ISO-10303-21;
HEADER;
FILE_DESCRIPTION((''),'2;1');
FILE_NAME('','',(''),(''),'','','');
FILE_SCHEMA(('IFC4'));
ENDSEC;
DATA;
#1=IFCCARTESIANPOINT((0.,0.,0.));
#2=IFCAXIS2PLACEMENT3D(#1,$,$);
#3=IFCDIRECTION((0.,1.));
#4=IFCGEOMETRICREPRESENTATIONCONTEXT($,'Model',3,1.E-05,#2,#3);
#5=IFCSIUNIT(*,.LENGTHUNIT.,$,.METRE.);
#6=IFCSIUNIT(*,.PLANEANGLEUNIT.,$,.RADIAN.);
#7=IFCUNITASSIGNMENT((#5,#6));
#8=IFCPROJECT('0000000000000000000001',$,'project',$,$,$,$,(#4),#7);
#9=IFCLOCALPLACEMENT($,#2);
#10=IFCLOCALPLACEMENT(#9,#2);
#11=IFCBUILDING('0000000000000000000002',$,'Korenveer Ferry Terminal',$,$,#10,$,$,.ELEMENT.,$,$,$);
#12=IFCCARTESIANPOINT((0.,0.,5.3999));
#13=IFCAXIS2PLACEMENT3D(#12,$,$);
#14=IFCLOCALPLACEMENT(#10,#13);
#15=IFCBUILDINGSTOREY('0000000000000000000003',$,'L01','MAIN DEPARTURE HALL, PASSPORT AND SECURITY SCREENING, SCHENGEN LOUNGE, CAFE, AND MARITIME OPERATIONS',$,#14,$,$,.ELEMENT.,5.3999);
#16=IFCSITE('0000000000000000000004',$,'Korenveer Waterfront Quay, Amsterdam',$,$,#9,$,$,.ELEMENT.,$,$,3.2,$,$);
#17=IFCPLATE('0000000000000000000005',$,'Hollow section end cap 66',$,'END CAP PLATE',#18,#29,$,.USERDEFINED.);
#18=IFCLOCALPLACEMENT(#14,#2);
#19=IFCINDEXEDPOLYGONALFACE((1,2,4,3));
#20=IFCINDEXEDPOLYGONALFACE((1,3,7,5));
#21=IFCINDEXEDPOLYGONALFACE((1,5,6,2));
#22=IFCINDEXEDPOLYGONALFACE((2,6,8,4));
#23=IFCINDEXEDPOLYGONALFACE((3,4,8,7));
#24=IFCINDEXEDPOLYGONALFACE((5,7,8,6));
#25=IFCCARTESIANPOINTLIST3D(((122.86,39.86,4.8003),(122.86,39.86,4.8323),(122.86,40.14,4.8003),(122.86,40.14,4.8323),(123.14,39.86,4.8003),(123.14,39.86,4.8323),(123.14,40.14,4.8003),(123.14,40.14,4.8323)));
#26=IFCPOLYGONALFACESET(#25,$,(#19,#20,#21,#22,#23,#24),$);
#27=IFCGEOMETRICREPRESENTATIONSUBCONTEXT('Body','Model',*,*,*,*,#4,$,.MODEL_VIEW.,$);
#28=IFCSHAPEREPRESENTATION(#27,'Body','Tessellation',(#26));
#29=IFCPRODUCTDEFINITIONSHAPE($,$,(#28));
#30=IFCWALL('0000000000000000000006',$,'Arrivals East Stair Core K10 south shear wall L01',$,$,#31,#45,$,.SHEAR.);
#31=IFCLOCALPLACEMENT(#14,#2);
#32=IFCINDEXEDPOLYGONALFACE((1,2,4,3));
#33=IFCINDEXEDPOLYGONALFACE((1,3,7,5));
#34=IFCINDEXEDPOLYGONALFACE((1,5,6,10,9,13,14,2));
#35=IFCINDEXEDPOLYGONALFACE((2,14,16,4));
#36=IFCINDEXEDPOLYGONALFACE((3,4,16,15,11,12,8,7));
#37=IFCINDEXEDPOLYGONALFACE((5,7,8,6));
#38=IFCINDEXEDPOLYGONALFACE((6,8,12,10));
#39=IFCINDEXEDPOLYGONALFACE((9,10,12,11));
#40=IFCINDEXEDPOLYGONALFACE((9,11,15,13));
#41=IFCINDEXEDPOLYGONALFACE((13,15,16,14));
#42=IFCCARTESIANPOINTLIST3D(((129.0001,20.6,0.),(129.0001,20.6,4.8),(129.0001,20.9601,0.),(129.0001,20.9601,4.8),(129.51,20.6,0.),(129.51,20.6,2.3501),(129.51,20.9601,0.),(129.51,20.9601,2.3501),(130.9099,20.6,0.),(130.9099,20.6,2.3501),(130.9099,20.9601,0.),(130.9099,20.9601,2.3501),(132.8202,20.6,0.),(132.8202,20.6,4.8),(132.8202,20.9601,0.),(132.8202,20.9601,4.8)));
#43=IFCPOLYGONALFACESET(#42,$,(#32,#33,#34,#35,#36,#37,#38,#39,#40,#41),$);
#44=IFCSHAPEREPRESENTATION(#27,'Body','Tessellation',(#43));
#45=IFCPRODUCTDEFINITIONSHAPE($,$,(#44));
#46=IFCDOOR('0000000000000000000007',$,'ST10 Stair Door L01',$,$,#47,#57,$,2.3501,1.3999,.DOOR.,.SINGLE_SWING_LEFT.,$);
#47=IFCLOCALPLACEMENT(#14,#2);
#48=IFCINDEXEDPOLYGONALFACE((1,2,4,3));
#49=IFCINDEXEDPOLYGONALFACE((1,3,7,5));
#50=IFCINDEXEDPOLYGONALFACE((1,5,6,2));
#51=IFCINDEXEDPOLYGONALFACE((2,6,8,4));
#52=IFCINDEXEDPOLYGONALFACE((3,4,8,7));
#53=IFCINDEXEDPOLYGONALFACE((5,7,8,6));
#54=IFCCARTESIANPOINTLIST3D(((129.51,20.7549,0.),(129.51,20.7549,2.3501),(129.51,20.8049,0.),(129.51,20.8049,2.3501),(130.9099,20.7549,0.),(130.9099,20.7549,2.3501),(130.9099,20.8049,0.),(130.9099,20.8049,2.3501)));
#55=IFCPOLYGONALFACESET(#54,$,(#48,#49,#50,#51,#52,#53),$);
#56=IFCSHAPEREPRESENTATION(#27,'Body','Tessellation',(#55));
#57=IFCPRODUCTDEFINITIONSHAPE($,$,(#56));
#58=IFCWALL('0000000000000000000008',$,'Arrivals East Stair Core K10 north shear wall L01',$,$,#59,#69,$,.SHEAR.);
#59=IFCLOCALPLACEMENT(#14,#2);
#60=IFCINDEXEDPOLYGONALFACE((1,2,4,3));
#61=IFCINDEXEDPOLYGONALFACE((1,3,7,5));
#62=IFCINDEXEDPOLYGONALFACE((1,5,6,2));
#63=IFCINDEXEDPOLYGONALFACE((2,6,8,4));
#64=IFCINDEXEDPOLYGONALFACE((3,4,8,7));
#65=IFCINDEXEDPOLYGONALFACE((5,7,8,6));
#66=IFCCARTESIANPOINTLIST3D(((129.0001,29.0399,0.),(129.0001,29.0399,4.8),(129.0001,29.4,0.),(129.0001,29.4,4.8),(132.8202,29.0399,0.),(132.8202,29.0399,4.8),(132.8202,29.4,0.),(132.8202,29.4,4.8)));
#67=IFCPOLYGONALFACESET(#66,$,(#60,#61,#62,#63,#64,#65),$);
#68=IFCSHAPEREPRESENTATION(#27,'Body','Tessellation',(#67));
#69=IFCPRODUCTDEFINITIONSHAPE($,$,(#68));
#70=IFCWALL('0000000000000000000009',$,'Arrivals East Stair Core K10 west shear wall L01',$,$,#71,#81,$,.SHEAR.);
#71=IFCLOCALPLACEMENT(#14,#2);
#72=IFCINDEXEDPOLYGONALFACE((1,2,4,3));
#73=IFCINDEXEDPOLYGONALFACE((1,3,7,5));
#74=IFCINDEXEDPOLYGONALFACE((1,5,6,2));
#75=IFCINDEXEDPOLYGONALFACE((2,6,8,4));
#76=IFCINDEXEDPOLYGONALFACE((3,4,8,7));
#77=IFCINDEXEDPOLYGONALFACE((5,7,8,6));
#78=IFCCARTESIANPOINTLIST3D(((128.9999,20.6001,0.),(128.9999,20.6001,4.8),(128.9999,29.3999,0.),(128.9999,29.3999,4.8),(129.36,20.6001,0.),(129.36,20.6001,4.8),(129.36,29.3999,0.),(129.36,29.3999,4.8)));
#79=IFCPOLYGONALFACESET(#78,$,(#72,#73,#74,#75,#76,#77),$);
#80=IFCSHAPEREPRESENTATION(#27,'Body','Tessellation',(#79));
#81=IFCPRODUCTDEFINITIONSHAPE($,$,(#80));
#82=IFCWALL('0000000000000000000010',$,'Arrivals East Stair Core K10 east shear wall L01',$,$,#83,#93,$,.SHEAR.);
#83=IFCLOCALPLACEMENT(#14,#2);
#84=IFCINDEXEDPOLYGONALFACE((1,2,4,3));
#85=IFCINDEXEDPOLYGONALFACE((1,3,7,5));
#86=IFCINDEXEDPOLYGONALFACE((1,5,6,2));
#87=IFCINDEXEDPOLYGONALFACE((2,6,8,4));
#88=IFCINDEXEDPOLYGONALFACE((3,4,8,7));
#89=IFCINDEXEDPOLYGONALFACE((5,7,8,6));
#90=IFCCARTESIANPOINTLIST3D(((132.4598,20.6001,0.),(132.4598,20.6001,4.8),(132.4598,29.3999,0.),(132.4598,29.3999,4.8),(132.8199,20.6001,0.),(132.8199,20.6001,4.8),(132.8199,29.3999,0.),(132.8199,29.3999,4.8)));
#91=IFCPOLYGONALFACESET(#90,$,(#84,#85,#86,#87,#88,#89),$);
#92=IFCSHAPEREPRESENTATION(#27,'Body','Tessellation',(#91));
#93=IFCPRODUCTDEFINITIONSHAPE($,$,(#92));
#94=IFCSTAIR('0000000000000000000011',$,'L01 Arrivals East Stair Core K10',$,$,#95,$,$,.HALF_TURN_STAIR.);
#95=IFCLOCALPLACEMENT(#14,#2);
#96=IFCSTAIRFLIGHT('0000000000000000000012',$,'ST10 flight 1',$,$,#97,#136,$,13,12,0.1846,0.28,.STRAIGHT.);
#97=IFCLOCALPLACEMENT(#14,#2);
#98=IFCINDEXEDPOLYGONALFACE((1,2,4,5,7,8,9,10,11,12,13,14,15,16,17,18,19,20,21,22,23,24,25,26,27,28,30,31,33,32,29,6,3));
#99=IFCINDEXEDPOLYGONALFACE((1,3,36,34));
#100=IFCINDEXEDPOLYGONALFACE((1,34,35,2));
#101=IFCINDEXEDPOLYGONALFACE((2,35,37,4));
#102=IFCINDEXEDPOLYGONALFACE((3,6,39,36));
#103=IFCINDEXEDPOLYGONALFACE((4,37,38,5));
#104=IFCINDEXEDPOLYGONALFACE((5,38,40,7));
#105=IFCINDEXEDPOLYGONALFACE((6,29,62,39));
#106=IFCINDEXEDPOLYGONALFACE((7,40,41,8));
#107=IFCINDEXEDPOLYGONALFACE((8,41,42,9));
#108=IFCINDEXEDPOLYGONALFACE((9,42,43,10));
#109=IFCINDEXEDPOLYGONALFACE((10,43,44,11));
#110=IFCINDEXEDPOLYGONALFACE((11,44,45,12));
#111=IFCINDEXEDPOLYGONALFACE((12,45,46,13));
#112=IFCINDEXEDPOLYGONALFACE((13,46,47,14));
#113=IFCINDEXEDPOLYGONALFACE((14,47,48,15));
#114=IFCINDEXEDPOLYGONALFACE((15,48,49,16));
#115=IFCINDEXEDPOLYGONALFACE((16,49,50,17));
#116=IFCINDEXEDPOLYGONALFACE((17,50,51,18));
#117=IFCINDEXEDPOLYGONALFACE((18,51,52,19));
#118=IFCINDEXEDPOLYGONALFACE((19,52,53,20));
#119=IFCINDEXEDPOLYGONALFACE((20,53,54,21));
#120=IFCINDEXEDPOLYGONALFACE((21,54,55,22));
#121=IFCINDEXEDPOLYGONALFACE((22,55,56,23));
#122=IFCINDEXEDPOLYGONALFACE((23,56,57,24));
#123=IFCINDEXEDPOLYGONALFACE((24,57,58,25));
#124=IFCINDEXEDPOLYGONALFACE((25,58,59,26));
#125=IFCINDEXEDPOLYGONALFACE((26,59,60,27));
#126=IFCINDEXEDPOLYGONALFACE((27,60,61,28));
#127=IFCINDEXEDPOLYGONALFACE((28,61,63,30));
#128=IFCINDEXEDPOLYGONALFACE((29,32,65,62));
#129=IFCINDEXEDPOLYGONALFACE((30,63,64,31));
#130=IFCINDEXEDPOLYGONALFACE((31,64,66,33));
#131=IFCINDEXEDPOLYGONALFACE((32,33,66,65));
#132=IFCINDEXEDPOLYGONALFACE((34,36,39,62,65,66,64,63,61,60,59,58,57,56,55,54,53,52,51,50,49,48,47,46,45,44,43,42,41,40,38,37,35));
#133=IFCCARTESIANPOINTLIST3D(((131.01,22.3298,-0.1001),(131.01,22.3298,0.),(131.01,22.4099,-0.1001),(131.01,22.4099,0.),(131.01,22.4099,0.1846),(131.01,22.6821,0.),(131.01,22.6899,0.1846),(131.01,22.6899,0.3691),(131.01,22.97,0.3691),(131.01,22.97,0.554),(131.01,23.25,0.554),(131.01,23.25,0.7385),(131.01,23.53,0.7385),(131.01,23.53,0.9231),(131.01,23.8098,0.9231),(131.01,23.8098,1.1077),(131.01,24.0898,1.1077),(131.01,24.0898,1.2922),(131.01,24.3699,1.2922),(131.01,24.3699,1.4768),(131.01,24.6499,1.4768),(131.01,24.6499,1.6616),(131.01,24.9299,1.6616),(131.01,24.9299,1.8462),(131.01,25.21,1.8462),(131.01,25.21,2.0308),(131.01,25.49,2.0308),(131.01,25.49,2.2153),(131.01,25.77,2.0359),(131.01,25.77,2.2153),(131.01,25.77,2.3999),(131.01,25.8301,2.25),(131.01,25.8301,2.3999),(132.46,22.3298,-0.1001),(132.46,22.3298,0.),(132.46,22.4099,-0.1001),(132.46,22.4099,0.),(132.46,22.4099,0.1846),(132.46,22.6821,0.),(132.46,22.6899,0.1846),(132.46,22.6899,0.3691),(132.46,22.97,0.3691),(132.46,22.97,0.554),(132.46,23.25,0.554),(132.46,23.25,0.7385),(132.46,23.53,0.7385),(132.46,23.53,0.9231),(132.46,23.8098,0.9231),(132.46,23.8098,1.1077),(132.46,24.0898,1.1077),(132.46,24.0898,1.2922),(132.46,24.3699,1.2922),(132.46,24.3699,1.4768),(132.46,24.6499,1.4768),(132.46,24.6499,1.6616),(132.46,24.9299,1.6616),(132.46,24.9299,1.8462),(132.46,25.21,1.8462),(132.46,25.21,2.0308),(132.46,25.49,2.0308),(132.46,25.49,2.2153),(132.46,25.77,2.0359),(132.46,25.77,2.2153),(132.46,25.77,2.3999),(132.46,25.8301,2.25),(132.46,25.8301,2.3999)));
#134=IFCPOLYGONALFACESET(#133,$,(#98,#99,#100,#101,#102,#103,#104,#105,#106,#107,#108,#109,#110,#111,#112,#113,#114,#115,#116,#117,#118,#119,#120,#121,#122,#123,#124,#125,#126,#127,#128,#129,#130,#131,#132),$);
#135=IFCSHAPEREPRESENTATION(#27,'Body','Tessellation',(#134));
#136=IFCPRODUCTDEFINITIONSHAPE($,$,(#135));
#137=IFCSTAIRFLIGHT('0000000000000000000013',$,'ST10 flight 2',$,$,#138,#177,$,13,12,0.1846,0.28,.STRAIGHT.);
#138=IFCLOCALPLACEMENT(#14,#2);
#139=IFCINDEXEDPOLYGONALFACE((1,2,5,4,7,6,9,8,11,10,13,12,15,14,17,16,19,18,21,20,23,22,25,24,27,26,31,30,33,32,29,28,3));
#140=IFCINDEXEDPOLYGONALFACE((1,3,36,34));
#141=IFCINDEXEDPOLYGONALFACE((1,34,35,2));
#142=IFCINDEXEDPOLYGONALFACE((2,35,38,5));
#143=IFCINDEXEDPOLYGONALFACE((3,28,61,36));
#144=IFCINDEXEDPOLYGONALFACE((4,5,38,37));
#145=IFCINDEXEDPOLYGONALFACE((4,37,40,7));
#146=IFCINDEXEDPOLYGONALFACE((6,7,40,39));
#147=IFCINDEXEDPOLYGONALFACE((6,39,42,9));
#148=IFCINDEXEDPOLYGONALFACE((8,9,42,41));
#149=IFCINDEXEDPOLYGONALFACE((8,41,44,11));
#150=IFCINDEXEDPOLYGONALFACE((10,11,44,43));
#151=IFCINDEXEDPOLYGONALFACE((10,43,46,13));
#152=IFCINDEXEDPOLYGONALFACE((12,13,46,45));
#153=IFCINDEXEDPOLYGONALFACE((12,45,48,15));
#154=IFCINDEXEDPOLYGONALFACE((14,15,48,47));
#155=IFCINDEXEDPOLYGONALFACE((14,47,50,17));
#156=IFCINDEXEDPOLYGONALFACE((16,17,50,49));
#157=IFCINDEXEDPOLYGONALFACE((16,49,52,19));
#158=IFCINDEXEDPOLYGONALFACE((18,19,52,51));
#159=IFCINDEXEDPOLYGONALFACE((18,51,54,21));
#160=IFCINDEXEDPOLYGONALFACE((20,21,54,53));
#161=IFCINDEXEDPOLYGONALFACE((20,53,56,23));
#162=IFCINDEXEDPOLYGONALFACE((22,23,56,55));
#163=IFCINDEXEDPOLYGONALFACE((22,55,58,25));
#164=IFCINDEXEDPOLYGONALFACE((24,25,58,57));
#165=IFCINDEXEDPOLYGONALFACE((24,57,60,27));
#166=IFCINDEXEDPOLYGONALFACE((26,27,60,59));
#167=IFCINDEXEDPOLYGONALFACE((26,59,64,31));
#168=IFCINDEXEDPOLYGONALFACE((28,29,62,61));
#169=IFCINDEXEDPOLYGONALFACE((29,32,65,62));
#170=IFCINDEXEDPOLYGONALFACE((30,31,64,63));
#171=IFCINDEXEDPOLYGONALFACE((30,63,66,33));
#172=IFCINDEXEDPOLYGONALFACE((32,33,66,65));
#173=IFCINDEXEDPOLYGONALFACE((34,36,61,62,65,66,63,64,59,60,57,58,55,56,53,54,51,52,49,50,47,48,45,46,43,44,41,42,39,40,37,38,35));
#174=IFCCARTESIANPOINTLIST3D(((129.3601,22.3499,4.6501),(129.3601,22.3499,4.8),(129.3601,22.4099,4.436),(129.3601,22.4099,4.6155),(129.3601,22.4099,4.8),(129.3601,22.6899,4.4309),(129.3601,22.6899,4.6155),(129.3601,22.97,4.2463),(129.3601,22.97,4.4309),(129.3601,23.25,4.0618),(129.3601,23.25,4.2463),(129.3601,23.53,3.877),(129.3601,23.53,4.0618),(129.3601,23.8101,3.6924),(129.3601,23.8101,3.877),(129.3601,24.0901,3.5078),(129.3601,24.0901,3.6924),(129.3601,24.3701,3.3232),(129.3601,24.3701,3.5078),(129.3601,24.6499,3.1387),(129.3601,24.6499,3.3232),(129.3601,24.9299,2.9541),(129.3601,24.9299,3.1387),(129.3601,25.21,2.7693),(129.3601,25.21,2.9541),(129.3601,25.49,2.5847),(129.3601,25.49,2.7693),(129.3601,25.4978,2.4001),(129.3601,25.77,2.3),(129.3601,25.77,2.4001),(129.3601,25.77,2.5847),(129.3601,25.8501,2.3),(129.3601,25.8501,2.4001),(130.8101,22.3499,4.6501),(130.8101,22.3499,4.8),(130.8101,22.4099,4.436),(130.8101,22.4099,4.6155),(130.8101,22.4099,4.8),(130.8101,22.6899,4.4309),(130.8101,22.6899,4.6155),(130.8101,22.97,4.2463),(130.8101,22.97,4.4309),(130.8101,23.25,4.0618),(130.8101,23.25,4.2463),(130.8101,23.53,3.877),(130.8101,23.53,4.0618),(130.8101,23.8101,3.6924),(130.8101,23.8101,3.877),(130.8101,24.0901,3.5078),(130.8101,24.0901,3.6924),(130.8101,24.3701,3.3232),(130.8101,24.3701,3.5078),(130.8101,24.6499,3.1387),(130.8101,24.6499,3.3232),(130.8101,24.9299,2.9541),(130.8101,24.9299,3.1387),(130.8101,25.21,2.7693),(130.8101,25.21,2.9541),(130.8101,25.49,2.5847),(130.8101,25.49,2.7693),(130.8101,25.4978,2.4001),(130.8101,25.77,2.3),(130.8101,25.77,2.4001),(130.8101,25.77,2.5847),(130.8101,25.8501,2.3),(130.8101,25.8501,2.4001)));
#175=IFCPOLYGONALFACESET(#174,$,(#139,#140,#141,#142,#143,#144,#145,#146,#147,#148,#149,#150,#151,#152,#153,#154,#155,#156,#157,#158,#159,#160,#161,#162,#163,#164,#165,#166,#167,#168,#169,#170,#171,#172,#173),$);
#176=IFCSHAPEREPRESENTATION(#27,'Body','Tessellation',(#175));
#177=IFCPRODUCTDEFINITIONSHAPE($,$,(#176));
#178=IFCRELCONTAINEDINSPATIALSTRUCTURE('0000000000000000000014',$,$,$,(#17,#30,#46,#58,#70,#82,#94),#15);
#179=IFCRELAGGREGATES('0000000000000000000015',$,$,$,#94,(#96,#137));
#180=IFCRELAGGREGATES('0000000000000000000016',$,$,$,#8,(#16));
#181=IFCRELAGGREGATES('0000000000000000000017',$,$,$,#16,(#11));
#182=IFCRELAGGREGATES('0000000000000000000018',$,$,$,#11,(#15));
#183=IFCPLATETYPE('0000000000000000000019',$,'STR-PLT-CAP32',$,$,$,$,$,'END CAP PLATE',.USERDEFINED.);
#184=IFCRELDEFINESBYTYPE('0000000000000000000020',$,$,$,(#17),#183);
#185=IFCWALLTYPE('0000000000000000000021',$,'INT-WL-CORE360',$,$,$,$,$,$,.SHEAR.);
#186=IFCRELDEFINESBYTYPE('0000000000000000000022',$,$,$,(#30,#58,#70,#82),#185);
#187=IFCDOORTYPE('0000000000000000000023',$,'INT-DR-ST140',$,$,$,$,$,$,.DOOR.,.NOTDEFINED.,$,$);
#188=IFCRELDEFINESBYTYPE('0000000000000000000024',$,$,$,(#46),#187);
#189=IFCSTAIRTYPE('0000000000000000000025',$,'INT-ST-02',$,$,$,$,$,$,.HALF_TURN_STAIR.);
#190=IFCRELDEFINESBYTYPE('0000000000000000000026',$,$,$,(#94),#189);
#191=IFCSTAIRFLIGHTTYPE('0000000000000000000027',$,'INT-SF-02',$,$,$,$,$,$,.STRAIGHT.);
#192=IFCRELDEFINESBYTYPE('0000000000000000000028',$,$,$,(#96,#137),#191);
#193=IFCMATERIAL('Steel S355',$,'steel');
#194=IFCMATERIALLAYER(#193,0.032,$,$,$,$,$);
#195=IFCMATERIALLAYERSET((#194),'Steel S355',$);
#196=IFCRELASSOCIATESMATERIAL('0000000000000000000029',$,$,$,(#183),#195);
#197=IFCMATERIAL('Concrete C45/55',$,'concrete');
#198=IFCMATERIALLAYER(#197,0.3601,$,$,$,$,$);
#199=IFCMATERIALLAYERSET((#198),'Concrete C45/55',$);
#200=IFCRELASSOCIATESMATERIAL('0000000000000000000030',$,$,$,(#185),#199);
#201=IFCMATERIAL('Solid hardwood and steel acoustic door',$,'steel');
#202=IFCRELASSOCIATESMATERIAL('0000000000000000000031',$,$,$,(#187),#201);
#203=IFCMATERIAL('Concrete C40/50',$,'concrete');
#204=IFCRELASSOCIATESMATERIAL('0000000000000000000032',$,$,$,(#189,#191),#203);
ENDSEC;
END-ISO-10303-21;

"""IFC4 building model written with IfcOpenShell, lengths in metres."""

from ifc_helpers import new_model, si_unit, direction, frame, frame_2d, origin, origin_2d, place, context, subcontext, project, spatial, polyline, rectangle, outline, extrude, material, layer, layer_set, type_object, element, fill, aggregate, save


model = new_model("IFC4")

# Units and contexts
model_context = context("Model", 3, precision=1e-05, world=origin(), true_north=direction((0.0, 1.0)))
body_context = subcontext(model_context, "Body", "Model", "MODEL_VIEW")
ifc_project = project(units=[si_unit("LENGTHUNIT", "METRE"), si_unit("PLANEANGLEUNIT", "RADIAN")], contexts=[model_context])

# Site, building, storey
site_placement = place(None, origin())
site = spatial("IfcSite", under=ifc_project, at=site_placement, Name="Korenveer Waterfront Quay, Amsterdam", CompositionType="ELEMENT", RefElevation=3.2)
building_placement = place(site_placement, origin())
building = spatial("IfcBuilding", under=site, at=building_placement, Name="Korenveer Ferry Terminal", CompositionType="ELEMENT")
storey_placement = place(building_placement, frame((0.0, 0.0, 5.3999)))
storey = spatial("IfcBuildingStorey", under=building, at=storey_placement, Name="L01", Description="MAIN DEPARTURE HALL, PASSPORT AND SECURITY SCREENING, SCHENGEN LOUNGE, CAFE, AND MARITIME OPERATIONS", CompositionType="ELEMENT", Elevation=5.3999)

# Shared definitions
ifc_material_1 = material(Name="Concrete C45/55", Category="concrete")
ifc_material_2 = material(Name="Steel S355", Category="steel")

# Plate
ifc_layer_1 = layer(ifc_material_2, 0.032)
ifc_layer_set_1 = layer_set([ifc_layer_1], Name="Steel S355")
plate_type_1 = type_object("IfcPlateType", Name="STR-PLT-CAP32", ElementType="END CAP PLATE", PredefinedType="USERDEFINED", material=ifc_layer_set_1)
plate_1_placement = place(storey_placement, frame((123.0, 40.0, 4.8003), z_axis=(0.0, 0.0, 1.0), x_axis=(1.0, 0.0, 0.0)))
element("IfcPlate", 1, at=plate_1_placement, inside=storey, type_object=plate_type_1, Name="Hollow section end cap 66", ObjectType="END CAP PLATE", PredefinedType="USERDEFINED", context=body_context, shape_type="SweptSolid", body=[
    extrude(rectangle(XDim=0.28, YDim=0.28, at=origin_2d()), origin(), (0.0, 0.0, 1.0), 0.032),
])

# Wall, opening, door
ifc_layer_2 = layer(ifc_material_1, 0.3601)
ifc_layer_set_2 = layer_set([ifc_layer_2], Name="Concrete C45/55")
wall_type = type_object("IfcWallType", Name="INT-WL-CORE360", PredefinedType="SHEAR", material=ifc_layer_set_2)
wall_1_placement = place(storey_placement, frame((129.0, 20.78, 0.0), z_axis=(0.0, 0.0, 1.0), x_axis=(1.0, 0.0, 0.0)))
wall_1 = element("IfcWall", 2, at=wall_1_placement, inside=storey, type_object=wall_type, Name="Arrivals East Stair Core K10 south shear wall L01", PredefinedType="SHEAR", context=body_context, shape_type="SweptSolid", body=[
    extrude(rectangle(XDim=3.8201, YDim=0.3601, at=frame_2d((1.9102, 0.0))), origin(), (0.0, 0.0, 1.0), 4.8),
])
opening_placement = place(wall_1_placement, frame((0.51, 0.0, 0.0)))
opening = element("IfcOpeningElement", 3, at=opening_placement, cuts=wall_1, PredefinedType="OPENING", context=body_context, shape_type="SweptSolid", body=[
    extrude(rectangle(XDim=1.3999, YDim=2.3501, at=frame_2d((0.7, 1.175))), frame((0.0, 0.1899, 0.0), z_axis=(0.0, -1.0, 0.0), x_axis=(1.0, 0.0, 0.0)), (0.0, 0.0, 1.0), 0.3801),
])
ifc_material_3 = material(Name="Solid hardwood and steel acoustic door", Category="steel")
door_type = type_object("IfcDoorType", Name="INT-DR-ST140", OperationType="NOTDEFINED", PredefinedType="DOOR", material=ifc_material_3)
door_placement = place(opening_placement, origin())
door = element("IfcDoor", 4, at=door_placement, inside=storey, type_object=door_type, Name="ST10 Stair Door L01", OperationType="SINGLE_SWING_LEFT", OverallHeight=2.3501, OverallWidth=1.3999, PredefinedType="DOOR", context=body_context, shape_type="SweptSolid", body=[
    extrude(rectangle(XDim=1.3999, YDim=2.3501, at=frame_2d((0.7, 1.175))), frame((0.0, 0.0249, 0.0), z_axis=(0.0, -1.0, 0.0), x_axis=(1.0, 0.0, 0.0)), (0.0, 0.0, 1.0), 0.05),
])
fill(opening, door)

# Walls
wall_2_placement = place(storey_placement, frame((129.0, 29.22, 0.0), z_axis=(0.0, 0.0, 1.0), x_axis=(1.0, 0.0, 0.0)))
element("IfcWall", 5, at=wall_2_placement, inside=storey, type_object=wall_type, Name="Arrivals East Stair Core K10 north shear wall L01", PredefinedType="SHEAR", context=body_context, shape_type="SweptSolid", body=[
    extrude(rectangle(XDim=3.8201, YDim=0.3601, at=frame_2d((1.9102, 0.0))), origin(), (0.0, 0.0, 1.0), 4.8),
])
for number, where, z_axis, x_axis, name in (
    (6, (129.1799, 20.6001, 0.0), (0.0, 0.0, 1.0), (0.0, 1.0, 0.0), "Arrivals East Stair Core K10 west shear wall L01"),
    (7, (132.6399, 20.6001, 0.0), (0.0, 0.0, 1.0), (0.0, 1.0, 0.0), "Arrivals East Stair Core K10 east shear wall L01"),
):
    element("IfcWall", number, at=place(storey_placement, frame(where, z_axis=z_axis, x_axis=x_axis)), inside=storey, type_object=wall_type, Name=name, PredefinedType="SHEAR", context=body_context, shape_type="SweptSolid", body=[
        extrude(rectangle(XDim=8.7998, YDim=0.3601, at=frame_2d((4.3999, 0.0))), origin(), (0.0, 0.0, 1.0), 4.8),
    ])

# Stair, stair flights
ifc_material_4 = material(Name="Concrete C40/50", Category="concrete")
stair_type = type_object("IfcStairType", Name="INT-ST-02", PredefinedType="HALF_TURN_STAIR", material=ifc_material_4)
stair_placement = place(storey_placement, frame((131.7351, 22.4099, 0.0)))
stair = element("IfcStair", 8, at=stair_placement, inside=storey, type_object=stair_type, Name="L01 Arrivals East Stair Core K10", PredefinedType="HALF_TURN_STAIR")
stair_flight_type = type_object("IfcStairFlightType", Name="INT-SF-02", PredefinedType="STRAIGHT", material=ifc_material_4)
stair_flight_1_placement = place(storey_placement, frame((131.7351, 22.4099, 0.0), z_axis=(0.0, 0.0, 1.0), x_axis=(0.0, 1.0, 0.0)))
stair_flight_1 = element("IfcStairFlight", 9, at=stair_flight_1_placement, type_object=stair_flight_type, Name="ST10 flight 1", NumberOfRisers=13, NumberOfTreads=12, PredefinedType="STRAIGHT", RiserHeight=0.1846, TreadLength=0.28, context=body_context, shape_type="SweptSolid", body=[
    extrude(outline(polyline([(-0.0801, 0.0), (0.0, 0.0), (0.0, 0.1846), (0.28, 0.1846), (0.28, 0.3691), (0.5601, 0.3691), (0.5601, 0.554), (0.8401, 0.554), (0.8401, 0.7385), (1.1201, 0.7385), (1.1201, 0.9231), (1.3999, 0.9231), (1.3999, 1.1077), (1.6799, 1.1077), (1.6799, 1.2922), (1.96, 1.2922), (1.96, 1.4768), (2.24, 1.4768), (2.24, 1.6616), (2.52, 1.6616), (2.52, 1.8462), (2.8, 1.8462), (2.8, 2.0308), (3.0801, 2.0308), (3.0801, 2.2153), (3.3601, 2.2153), (3.3601, 2.3999), (3.4202, 2.3999), (3.4202, 2.25), (3.3601, 2.0359), (0.2722, 0.0), (0.0, -0.1001), (-0.0801, -0.1001), (-0.0801, 0.0)])), frame((0.0, 0.7251, 0.0), z_axis=(0.0, -1.0, 0.0), x_axis=(1.0, 0.0, 0.0)), (0.0, 0.0, 1.0), 1.45),
])
stair_flight_2_placement = place(storey_placement, frame((130.085, 25.77, 2.4001), z_axis=(0.0, 0.0, 1.0), x_axis=(0.0, -1.0, 0.0)))
stair_flight_2 = element("IfcStairFlight", 10, at=stair_flight_2_placement, type_object=stair_flight_type, Name="ST10 flight 2", NumberOfRisers=13, NumberOfTreads=12, PredefinedType="STRAIGHT", RiserHeight=0.1846, TreadLength=0.28, context=body_context, shape_type="SweptSolid", body=[
    extrude(outline(polyline([(-0.0801, 0.0), (0.0, 0.0), (0.0, 0.1846), (0.28, 0.1846), (0.28, 0.3691), (0.5601, 0.3691), (0.5601, 0.554), (0.8401, 0.554), (0.8401, 0.7385), (1.1201, 0.7385), (1.1201, 0.9231), (1.3999, 0.9231), (1.3999, 1.1077), (1.6799, 1.1077), (1.6799, 1.2922), (1.96, 1.2922), (1.96, 1.4768), (2.24, 1.4768), (2.24, 1.6616), (2.52, 1.6616), (2.52, 1.8462), (2.8, 1.8462), (2.8, 2.0308), (3.0801, 2.0308), (3.0801, 2.2153), (3.3601, 2.2153), (3.3601, 2.3999), (3.4202, 2.3999), (3.4202, 2.25), (3.3601, 2.0359), (0.2722, 0.0), (0.0, -0.1001), (-0.0801, -0.1001), (-0.0801, 0.0)])), frame((0.0, 0.7251, 0.0), z_axis=(0.0, -1.0, 0.0), x_axis=(1.0, 0.0, 0.0)), (0.0, 0.0, 1.0), 1.45),
])
aggregate(stair, [stair_flight_1, stair_flight_2])

save(model, "model.ifc")
